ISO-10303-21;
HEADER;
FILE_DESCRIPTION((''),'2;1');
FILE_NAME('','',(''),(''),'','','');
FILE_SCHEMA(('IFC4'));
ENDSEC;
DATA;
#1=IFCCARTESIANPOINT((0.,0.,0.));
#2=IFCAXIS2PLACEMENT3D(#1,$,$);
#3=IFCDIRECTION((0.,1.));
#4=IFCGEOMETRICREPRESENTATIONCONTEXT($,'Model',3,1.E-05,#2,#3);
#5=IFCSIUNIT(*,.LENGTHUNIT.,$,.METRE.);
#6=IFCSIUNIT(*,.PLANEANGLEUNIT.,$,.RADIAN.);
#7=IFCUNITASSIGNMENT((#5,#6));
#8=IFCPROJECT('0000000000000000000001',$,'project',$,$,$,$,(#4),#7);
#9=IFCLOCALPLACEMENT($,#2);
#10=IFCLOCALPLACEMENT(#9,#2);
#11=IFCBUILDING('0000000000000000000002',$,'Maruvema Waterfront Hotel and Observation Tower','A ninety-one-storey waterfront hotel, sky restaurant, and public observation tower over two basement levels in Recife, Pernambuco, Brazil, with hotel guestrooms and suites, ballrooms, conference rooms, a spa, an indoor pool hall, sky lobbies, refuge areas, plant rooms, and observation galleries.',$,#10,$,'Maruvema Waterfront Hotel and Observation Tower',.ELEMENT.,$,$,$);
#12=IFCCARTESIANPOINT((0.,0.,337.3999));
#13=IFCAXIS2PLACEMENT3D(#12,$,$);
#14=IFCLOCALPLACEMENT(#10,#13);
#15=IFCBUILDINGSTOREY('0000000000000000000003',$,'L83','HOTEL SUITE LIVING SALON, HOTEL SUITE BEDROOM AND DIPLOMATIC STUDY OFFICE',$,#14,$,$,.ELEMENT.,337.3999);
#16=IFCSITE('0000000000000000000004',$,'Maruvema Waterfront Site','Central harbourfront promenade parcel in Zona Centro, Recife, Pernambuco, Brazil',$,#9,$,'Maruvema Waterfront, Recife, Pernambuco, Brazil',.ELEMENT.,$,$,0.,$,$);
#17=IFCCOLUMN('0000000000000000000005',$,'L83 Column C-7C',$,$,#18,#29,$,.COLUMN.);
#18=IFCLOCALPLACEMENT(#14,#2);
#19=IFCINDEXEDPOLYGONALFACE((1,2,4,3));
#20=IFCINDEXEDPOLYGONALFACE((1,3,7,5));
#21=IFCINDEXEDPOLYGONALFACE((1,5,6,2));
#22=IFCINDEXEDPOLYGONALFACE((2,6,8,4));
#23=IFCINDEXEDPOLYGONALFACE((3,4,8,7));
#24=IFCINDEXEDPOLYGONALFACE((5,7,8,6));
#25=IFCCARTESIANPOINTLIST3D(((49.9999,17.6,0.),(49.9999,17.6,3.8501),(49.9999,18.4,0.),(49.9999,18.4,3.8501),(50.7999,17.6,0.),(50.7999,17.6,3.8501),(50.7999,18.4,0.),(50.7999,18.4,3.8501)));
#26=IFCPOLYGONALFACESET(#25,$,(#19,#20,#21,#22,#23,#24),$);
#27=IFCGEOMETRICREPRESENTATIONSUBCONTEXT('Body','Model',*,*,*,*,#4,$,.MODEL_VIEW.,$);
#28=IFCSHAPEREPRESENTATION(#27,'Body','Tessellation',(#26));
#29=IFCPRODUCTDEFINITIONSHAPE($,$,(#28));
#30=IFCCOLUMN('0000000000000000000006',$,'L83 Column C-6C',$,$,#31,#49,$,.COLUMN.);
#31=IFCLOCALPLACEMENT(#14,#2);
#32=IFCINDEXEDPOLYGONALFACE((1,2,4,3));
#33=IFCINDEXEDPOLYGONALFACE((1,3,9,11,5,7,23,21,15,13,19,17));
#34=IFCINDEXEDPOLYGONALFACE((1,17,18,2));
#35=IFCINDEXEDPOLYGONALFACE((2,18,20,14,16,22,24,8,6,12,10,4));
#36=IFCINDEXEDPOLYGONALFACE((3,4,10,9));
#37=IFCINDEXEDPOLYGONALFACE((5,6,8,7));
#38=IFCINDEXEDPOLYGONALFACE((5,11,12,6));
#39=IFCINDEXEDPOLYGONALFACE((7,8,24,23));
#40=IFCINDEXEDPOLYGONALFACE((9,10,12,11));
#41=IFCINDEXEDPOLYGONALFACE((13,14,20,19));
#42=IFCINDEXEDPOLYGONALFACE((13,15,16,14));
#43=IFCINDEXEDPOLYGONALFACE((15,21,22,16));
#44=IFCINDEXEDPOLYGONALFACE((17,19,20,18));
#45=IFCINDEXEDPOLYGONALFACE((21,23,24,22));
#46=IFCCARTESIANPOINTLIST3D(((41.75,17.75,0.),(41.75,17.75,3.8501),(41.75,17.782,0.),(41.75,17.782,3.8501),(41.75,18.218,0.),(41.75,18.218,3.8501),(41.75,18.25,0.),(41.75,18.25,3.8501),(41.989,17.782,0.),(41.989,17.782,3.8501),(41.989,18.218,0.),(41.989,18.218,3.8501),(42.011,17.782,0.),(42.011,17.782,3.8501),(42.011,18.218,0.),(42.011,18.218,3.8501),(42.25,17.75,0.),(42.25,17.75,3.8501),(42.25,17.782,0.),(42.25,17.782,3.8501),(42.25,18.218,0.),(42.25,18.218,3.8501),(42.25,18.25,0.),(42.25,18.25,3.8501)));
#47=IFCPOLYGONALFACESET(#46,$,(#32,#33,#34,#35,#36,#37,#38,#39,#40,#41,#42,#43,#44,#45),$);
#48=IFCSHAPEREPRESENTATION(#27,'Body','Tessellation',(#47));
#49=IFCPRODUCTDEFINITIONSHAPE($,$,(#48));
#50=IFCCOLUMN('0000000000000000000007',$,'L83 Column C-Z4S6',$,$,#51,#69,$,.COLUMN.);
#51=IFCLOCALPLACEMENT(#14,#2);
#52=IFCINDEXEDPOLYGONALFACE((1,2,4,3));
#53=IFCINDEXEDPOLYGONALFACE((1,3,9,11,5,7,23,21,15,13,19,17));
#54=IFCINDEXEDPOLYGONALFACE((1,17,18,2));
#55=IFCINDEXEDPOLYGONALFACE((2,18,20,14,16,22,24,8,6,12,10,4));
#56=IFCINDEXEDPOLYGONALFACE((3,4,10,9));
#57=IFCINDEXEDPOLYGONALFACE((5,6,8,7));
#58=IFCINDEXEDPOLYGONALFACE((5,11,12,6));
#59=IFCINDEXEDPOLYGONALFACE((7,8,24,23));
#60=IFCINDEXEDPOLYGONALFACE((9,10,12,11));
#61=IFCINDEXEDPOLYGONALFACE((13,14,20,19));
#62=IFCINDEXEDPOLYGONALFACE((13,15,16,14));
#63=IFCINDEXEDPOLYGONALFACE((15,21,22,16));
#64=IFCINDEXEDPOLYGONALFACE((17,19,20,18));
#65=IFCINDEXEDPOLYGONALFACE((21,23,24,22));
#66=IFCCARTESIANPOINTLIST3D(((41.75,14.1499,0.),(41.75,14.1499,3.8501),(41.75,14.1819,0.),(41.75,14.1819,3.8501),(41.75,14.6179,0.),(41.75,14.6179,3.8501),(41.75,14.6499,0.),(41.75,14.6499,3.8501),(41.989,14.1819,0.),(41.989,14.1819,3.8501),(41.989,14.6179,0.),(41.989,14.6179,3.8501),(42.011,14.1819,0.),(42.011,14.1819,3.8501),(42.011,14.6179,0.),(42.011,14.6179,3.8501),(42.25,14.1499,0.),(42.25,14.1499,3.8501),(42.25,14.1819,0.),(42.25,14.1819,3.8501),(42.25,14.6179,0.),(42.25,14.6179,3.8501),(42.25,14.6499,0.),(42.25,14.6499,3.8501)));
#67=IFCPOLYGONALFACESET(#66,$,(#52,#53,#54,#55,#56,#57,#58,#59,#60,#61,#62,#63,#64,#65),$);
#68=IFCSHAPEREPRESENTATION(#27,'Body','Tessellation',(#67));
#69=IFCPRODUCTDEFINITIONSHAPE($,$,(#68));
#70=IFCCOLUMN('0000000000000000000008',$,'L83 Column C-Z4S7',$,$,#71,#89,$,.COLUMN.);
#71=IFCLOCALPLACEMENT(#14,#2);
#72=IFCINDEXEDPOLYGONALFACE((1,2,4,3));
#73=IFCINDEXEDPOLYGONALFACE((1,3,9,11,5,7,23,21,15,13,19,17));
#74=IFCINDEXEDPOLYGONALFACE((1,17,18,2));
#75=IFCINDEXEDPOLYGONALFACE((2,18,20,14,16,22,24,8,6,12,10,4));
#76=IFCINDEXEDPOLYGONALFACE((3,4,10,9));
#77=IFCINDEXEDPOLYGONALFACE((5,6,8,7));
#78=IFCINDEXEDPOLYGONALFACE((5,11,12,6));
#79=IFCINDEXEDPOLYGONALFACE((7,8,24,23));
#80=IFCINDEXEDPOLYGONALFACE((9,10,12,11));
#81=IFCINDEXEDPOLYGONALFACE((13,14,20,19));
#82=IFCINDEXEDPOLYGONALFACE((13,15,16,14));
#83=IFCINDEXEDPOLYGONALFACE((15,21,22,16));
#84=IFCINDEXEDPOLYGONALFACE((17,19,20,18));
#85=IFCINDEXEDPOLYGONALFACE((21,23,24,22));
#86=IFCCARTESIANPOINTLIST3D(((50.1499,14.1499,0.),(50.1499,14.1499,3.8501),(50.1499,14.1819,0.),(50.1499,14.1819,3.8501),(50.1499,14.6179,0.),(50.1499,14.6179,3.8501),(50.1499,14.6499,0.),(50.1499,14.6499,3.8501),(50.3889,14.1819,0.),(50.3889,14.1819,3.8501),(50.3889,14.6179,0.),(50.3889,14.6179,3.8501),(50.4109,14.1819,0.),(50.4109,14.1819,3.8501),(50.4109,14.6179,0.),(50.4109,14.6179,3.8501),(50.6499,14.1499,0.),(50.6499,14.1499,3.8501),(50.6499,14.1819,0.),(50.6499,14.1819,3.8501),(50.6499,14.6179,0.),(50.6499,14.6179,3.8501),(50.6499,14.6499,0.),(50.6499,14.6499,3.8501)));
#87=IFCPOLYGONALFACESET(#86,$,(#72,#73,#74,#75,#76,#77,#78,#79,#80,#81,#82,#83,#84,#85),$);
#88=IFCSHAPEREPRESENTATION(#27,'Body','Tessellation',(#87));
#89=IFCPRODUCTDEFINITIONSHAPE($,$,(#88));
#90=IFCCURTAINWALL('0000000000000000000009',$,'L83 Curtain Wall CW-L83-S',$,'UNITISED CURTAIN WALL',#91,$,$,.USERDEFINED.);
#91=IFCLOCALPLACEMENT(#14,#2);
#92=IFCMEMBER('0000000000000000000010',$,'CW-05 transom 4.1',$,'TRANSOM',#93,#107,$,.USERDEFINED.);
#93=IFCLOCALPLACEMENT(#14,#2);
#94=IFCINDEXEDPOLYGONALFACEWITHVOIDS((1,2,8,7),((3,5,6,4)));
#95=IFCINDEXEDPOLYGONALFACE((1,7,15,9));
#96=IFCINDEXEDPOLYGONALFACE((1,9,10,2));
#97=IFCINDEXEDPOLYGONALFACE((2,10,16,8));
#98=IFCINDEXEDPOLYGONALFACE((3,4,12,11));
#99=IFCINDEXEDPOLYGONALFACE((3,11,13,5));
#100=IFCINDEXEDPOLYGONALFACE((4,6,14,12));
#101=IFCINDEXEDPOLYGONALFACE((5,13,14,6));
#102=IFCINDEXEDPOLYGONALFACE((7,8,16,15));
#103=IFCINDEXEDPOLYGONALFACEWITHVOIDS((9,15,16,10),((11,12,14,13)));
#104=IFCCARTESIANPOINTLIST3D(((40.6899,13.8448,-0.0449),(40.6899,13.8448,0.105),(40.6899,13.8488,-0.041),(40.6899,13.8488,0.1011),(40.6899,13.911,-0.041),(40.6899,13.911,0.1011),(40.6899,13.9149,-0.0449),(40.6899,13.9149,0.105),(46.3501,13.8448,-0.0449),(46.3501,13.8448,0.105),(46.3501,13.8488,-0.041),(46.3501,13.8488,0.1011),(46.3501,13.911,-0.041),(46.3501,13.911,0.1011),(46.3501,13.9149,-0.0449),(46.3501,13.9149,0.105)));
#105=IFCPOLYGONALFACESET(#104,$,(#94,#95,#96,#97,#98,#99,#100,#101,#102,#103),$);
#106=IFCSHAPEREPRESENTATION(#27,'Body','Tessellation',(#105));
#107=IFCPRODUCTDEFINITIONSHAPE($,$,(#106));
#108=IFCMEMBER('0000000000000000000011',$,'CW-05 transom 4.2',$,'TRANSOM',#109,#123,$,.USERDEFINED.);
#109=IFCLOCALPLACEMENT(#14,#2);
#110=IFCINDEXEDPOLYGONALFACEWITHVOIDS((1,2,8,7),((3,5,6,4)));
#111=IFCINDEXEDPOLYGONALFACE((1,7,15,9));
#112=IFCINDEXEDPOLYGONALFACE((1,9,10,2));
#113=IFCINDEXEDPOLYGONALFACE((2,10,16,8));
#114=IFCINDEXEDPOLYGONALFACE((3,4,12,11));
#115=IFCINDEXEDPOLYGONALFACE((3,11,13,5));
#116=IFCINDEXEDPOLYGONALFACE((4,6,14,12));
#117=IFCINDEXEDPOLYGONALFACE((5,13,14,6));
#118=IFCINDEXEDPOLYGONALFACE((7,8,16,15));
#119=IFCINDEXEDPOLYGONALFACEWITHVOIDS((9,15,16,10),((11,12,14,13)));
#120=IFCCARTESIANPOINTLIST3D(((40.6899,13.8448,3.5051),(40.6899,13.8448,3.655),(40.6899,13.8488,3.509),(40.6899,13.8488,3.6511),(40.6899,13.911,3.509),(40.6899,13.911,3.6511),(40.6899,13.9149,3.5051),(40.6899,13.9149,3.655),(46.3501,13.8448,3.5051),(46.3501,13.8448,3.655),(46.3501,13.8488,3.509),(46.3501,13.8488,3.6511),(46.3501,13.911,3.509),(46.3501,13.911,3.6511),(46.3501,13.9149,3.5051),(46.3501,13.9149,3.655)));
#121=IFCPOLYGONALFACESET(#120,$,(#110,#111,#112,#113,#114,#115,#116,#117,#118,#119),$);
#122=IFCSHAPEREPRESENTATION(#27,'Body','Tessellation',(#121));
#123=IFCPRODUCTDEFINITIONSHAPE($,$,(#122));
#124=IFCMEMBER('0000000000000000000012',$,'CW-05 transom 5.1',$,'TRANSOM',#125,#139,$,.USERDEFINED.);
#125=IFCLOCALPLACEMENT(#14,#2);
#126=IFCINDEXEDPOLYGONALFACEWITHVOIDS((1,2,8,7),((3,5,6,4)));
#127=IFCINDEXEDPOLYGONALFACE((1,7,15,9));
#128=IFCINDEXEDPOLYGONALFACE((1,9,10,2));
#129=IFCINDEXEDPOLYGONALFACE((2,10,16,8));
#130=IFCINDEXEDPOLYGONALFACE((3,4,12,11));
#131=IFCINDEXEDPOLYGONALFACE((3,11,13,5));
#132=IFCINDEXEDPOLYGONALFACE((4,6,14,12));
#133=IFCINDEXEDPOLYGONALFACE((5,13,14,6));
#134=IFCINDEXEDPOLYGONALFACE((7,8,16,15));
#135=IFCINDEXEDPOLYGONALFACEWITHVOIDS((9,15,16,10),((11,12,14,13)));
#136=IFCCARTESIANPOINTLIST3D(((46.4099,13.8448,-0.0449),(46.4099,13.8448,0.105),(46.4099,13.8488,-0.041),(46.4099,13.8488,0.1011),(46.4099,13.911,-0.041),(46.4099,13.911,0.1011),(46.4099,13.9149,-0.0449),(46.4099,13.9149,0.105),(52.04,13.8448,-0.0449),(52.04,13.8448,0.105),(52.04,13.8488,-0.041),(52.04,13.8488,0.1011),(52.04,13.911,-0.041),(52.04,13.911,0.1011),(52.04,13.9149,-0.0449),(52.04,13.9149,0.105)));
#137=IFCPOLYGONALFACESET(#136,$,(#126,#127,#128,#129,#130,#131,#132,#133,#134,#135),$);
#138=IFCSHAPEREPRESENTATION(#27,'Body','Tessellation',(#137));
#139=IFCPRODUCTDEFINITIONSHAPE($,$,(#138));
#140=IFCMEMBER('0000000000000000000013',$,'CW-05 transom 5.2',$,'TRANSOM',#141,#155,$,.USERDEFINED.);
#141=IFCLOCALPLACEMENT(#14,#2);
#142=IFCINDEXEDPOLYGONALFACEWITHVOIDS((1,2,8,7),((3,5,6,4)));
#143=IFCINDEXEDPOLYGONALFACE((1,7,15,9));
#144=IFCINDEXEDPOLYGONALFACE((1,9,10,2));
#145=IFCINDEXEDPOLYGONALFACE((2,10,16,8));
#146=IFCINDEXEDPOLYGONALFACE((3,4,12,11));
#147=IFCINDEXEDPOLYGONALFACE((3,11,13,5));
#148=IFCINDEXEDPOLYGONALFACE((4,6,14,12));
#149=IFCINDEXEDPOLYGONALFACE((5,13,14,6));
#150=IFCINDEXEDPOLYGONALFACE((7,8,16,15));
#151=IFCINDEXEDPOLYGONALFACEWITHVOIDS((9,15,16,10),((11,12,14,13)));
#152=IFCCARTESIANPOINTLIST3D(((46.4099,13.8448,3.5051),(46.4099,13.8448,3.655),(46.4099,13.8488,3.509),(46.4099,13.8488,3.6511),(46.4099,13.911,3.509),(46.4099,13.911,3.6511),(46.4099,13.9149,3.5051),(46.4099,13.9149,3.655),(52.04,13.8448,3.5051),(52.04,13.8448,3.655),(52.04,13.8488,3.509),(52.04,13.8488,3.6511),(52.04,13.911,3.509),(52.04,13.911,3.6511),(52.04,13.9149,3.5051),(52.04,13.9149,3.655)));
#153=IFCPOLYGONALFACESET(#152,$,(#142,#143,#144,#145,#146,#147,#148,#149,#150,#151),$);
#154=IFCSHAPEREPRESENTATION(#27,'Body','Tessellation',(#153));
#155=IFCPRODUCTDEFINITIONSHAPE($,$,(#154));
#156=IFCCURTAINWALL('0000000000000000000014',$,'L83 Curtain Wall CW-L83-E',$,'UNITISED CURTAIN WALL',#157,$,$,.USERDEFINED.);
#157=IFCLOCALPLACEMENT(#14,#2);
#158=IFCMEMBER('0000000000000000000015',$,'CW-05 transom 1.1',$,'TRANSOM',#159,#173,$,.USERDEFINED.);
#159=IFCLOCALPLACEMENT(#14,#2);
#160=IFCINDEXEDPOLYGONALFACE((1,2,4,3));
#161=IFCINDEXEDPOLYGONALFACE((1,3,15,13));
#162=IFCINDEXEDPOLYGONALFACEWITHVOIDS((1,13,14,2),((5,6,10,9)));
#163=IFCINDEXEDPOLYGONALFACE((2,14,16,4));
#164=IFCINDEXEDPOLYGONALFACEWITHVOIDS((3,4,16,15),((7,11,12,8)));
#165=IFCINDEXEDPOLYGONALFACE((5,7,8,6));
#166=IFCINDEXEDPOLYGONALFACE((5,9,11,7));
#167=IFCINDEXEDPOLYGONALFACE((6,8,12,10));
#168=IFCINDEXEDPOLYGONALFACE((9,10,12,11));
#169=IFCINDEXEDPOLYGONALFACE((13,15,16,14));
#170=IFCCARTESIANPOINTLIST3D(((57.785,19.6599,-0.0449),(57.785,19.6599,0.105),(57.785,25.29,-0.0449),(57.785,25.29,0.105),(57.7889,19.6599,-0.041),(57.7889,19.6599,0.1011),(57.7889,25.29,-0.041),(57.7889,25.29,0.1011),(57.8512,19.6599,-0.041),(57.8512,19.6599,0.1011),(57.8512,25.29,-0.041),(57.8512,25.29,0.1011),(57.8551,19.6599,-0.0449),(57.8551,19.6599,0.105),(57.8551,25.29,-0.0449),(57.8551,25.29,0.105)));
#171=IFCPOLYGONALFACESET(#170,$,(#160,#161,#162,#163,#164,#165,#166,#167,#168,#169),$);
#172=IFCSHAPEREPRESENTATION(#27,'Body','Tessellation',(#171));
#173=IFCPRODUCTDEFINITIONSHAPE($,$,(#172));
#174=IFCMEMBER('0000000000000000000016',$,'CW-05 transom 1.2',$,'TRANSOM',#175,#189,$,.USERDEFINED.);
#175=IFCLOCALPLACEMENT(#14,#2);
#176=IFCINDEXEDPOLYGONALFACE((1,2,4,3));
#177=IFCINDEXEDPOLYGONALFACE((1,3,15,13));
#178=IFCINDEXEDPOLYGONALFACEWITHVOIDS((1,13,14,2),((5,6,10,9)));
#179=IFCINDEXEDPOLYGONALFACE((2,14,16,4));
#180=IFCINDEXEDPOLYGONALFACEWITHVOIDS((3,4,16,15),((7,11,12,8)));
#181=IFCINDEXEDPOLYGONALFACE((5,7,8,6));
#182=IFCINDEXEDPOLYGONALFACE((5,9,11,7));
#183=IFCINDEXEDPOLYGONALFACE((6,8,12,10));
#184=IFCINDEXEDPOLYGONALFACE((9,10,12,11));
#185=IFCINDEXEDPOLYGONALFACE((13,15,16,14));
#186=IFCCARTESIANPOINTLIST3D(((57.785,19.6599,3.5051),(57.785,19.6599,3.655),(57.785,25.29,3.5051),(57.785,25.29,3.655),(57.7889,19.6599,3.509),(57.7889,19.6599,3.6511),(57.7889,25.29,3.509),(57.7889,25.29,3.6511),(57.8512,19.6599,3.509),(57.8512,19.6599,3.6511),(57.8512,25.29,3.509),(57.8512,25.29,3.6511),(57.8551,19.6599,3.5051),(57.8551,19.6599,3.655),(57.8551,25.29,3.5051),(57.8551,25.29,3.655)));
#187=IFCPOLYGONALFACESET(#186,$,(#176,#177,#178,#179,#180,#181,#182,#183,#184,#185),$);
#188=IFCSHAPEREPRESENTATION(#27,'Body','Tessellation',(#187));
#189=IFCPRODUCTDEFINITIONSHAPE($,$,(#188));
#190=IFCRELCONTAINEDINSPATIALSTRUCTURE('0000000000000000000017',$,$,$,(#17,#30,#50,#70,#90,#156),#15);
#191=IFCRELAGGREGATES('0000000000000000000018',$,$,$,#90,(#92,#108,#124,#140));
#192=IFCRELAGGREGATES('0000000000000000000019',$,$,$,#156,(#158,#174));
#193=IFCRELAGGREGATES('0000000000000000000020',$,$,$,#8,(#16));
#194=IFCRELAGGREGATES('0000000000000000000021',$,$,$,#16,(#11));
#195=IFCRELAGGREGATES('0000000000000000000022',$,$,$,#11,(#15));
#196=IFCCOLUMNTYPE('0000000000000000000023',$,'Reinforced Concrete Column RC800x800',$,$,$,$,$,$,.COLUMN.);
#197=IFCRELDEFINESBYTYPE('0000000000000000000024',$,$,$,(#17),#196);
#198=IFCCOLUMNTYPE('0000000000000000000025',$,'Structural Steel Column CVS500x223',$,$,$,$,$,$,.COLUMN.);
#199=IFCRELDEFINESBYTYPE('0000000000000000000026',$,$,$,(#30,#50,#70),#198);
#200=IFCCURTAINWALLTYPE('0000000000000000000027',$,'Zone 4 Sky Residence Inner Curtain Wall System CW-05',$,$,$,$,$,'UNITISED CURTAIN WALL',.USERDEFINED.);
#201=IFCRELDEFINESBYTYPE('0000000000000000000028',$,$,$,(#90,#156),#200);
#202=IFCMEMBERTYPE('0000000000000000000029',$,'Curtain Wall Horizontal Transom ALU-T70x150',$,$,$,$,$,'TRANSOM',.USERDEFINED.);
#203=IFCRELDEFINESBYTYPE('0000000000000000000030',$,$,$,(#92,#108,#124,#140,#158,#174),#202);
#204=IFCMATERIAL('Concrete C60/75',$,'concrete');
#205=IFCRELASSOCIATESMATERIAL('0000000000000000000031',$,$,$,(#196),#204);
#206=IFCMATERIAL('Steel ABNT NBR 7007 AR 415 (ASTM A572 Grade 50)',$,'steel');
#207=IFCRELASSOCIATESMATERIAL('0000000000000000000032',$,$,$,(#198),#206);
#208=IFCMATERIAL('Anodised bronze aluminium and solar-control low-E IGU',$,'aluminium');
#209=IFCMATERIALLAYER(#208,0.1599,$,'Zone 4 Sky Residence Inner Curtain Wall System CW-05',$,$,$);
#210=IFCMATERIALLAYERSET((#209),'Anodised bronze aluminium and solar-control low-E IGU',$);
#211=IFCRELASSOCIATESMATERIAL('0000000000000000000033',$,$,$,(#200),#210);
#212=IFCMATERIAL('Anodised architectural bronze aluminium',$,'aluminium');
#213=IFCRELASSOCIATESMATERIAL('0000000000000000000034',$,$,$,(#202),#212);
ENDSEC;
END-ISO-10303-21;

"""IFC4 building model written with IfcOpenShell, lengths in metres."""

from ifc_helpers import new_model, si_unit, direction, frame, origin, origin_2d, place, context, subcontext, project, spatial, rectangle, hollow_rectangle, i_section, extrude, material, layer, layer_set, material_profile, profile_set, type_object, element, aggregate, save


model = new_model("IFC4")

# Units and contexts
model_context = context("Model", 3, precision=1e-05, world=origin(), true_north=direction((0.0, 1.0)))
body_context = subcontext(model_context, "Body", "Model", "MODEL_VIEW")
ifc_project = project(units=[si_unit("LENGTHUNIT", "METRE"), si_unit("PLANEANGLEUNIT", "RADIAN")], contexts=[model_context])

# Site, building, storey
site_placement = place(None, origin())
site = spatial("IfcSite", under=ifc_project, at=site_placement, Name="Maruvema Waterfront Site", Description="Central harbourfront promenade parcel in Zona Centro, Recife, Pernambuco, Brazil", LongName="Maruvema Waterfront, Recife, Pernambuco, Brazil", CompositionType="ELEMENT", RefElevation=0.0)
building_placement = place(site_placement, origin())
building = spatial("IfcBuilding", under=site, at=building_placement, Name="Maruvema Waterfront Hotel and Observation Tower", Description="A ninety-one-storey waterfront hotel, sky restaurant, and public observation tower over two basement levels in Recife, Pernambuco, Brazil, with hotel guestrooms and suites, ballrooms, conference rooms, a spa, an indoor pool hall, sky lobbies, refuge areas, plant rooms, and observation galleries.", LongName="Maruvema Waterfront Hotel and Observation Tower", CompositionType="ELEMENT")
storey_placement = place(building_placement, frame((0.0, 0.0, 337.3999)))
storey = spatial("IfcBuildingStorey", under=building, at=storey_placement, Name="L83", Description="HOTEL SUITE LIVING SALON, HOTEL SUITE BEDROOM AND DIPLOMATIC STUDY OFFICE", CompositionType="ELEMENT", Elevation=337.3999)

# Columns
ifc_material_1 = material(Name="Concrete C60/75", Category="concrete")
ifc_material_profile_1 = material_profile(ifc_material_1, rectangle(XDim=0.8, YDim=0.8, at=origin_2d()), Name="RC800x800")
ifc_profile_set_1 = profile_set([ifc_material_profile_1], Name="Concrete C60/75")
column_type_1 = type_object("IfcColumnType", Name="Reinforced Concrete Column RC800x800", PredefinedType="COLUMN", material=ifc_profile_set_1)
column_placement = place(storey_placement, frame((50.3999, 18.0, 0.0), z_axis=(0.0, 0.0, 1.0), x_axis=(1.0, 0.0, 0.0)))
element("IfcColumn", 1, at=column_placement, inside=storey, type_object=column_type_1, Name="L83 Column C-7C", PredefinedType="COLUMN", context=body_context, shape_type="SweptSolid", body=[
    extrude(rectangle(XDim=0.8, YDim=0.8, at=origin_2d()), origin(), (0.0, 0.0, 1.0), 3.8501),
])
ifc_material_2 = material(Name="Steel ABNT NBR 7007 AR 415 (ASTM A572 Grade 50)", Category="steel")
ifc_material_profile_2 = material_profile(ifc_material_2, i_section(OverallWidth=0.5, OverallDepth=0.5, WebThickness=0.022, FlangeThickness=0.032, at=origin_2d()), Name="CVS500x223")
ifc_profile_set_2 = profile_set([ifc_material_profile_2], Name="Steel ABNT NBR 7007 AR 415 (ASTM A572 Grade 50)")
column_type_2 = type_object("IfcColumnType", Name="Structural Steel Column CVS500x223", PredefinedType="COLUMN", material=ifc_profile_set_2)
for number, where, z_axis, x_axis, name in (
    (2, (42.0, 18.0, 0.0), (0.0, 0.0, 1.0), (1.0, 0.0, 0.0), "L83 Column C-6C"),
    (3, (42.0, 14.3999, 0.0), (0.0, 0.0, 1.0), (1.0, 0.0, 0.0), "L83 Column C-Z4S6"),
    (4, (50.3999, 14.3999, 0.0), (0.0, 0.0, 1.0), (1.0, 0.0, 0.0), "L83 Column C-Z4S7"),
):
    element("IfcColumn", number, at=place(storey_placement, frame(where, z_axis=z_axis, x_axis=x_axis)), inside=storey, type_object=column_type_2, Name=name, PredefinedType="COLUMN", context=body_context, shape_type="SweptSolid", body=[
        extrude(i_section(OverallWidth=0.5, OverallDepth=0.5, WebThickness=0.022, FlangeThickness=0.032, at=origin_2d()), origin(), (0.0, 0.0, 1.0), 3.8501),
    ])

# Curtain walls, members
ifc_material_3 = material(Name="Anodised bronze aluminium and solar-control low-E IGU", Category="aluminium")
ifc_layer_1 = layer(ifc_material_3, 0.1599, Name="Zone 4 Sky Residence Inner Curtain Wall System CW-05")
ifc_layer_set_1 = layer_set([ifc_layer_1], Name="Anodised bronze aluminium and solar-control low-E IGU")
curtain_wall_type = type_object("IfcCurtainWallType", Name="Zone 4 Sky Residence Inner Curtain Wall System CW-05", ElementType="UNITISED CURTAIN WALL", PredefinedType="USERDEFINED", material=ifc_layer_set_1)
curtain_wall_1_placement = place(storey_placement, origin())
curtain_wall_1 = element("IfcCurtainWall", 5, at=curtain_wall_1_placement, inside=storey, type_object=curtain_wall_type, Name="L83 Curtain Wall CW-L83-S", ObjectType="UNITISED CURTAIN WALL", PredefinedType="USERDEFINED")
ifc_material_4 = material(Name="Anodised architectural bronze aluminium", Category="aluminium")
ifc_material_profile_3 = material_profile(ifc_material_4, hollow_rectangle(XDim=0.0701, YDim=0.1499, WallThickness=0.0039, at=origin_2d()), Name="ALU-T70x150")
ifc_profile_set_3 = profile_set([ifc_material_profile_3], Name="Anodised architectural bronze aluminium")
member_type_1 = type_object("IfcMemberType", Name="Curtain Wall Horizontal Transom ALU-T70x150", ElementType="TRANSOM", PredefinedType="USERDEFINED", material=ifc_profile_set_3)
member_1_placement = place(storey_placement, frame((40.6899, 13.8799, 0.03), z_axis=(1.0, 0.0, 0.0), x_axis=(0.0, 1.0, 0.0)))
member_1 = element("IfcMember", 6, at=member_1_placement, type_object=member_type_1, Name="CW-05 transom 4.1", ObjectType="TRANSOM", PredefinedType="USERDEFINED", context=body_context, shape_type="SweptSolid", body=[
    extrude(hollow_rectangle(XDim=0.0701, YDim=0.1499, WallThickness=0.0039, at=origin_2d()), origin(), (0.0, 0.0, 1.0), 5.6602),
])
member_2_placement = place(storey_placement, frame((40.6899, 13.8799, 3.5801), z_axis=(1.0, 0.0, 0.0), x_axis=(0.0, 1.0, 0.0)))
member_2 = element("IfcMember", 7, at=member_2_placement, type_object=member_type_1, Name="CW-05 transom 4.2", ObjectType="TRANSOM", PredefinedType="USERDEFINED", context=body_context, shape_type="SweptSolid", body=[
    extrude(hollow_rectangle(XDim=0.0701, YDim=0.1499, WallThickness=0.0039, at=origin_2d()), origin(), (0.0, 0.0, 1.0), 5.6602),
])
member_3_placement = place(storey_placement, frame((46.4099, 13.8799, 0.03), z_axis=(1.0, 0.0, 0.0), x_axis=(0.0, 1.0, 0.0)))
member_3 = element("IfcMember", 8, at=member_3_placement, type_object=member_type_1, Name="CW-05 transom 5.1", ObjectType="TRANSOM", PredefinedType="USERDEFINED", context=body_context, shape_type="SweptSolid", body=[
    extrude(hollow_rectangle(XDim=0.0701, YDim=0.1499, WallThickness=0.0039, at=origin_2d()), origin(), (0.0, 0.0, 1.0), 5.6301),
])
member_4_placement = place(storey_placement, frame((46.4099, 13.8799, 3.5801), z_axis=(1.0, 0.0, 0.0), x_axis=(0.0, 1.0, 0.0)))
member_4 = element("IfcMember", 9, at=member_4_placement, type_object=member_type_1, Name="CW-05 transom 5.2", ObjectType="TRANSOM", PredefinedType="USERDEFINED", context=body_context, shape_type="SweptSolid", body=[
    extrude(hollow_rectangle(XDim=0.0701, YDim=0.1499, WallThickness=0.0039, at=origin_2d()), origin(), (0.0, 0.0, 1.0), 5.6301),
])
curtain_wall_2_placement = place(storey_placement, origin())
curtain_wall_2 = element("IfcCurtainWall", 10, at=curtain_wall_2_placement, inside=storey, type_object=curtain_wall_type, Name="L83 Curtain Wall CW-L83-E", ObjectType="UNITISED CURTAIN WALL", PredefinedType="USERDEFINED")
member_5_placement = place(storey_placement, frame((57.8201, 19.6599, 0.03), z_axis=(0.0, 1.0, 0.0), x_axis=(-1.0, 0.0, 0.0)))
member_5 = element("IfcMember", 11, at=member_5_placement, type_object=member_type_1, Name="CW-05 transom 1.1", ObjectType="TRANSOM", PredefinedType="USERDEFINED", context=body_context, shape_type="SweptSolid", body=[
    extrude(hollow_rectangle(XDim=0.0701, YDim=0.1499, WallThickness=0.0039, at=origin_2d()), origin(), (0.0, 0.0, 1.0), 5.6301),
])
member_6_placement = place(storey_placement, frame((57.8201, 19.6599, 3.5801), z_axis=(0.0, 1.0, 0.0), x_axis=(-1.0, 0.0, 0.0)))
member_6 = element("IfcMember", 12, at=member_6_placement, type_object=member_type_1, Name="CW-05 transom 1.2", ObjectType="TRANSOM", PredefinedType="USERDEFINED", context=body_context, shape_type="SweptSolid", body=[
    extrude(hollow_rectangle(XDim=0.0701, YDim=0.1499, WallThickness=0.0039, at=origin_2d()), origin(), (0.0, 0.0, 1.0), 5.6301),
])

aggregate(curtain_wall_1, [member_1, member_2, member_3, member_4])
aggregate(curtain_wall_2, [member_5, member_6])

save(model, "model.ifc")
